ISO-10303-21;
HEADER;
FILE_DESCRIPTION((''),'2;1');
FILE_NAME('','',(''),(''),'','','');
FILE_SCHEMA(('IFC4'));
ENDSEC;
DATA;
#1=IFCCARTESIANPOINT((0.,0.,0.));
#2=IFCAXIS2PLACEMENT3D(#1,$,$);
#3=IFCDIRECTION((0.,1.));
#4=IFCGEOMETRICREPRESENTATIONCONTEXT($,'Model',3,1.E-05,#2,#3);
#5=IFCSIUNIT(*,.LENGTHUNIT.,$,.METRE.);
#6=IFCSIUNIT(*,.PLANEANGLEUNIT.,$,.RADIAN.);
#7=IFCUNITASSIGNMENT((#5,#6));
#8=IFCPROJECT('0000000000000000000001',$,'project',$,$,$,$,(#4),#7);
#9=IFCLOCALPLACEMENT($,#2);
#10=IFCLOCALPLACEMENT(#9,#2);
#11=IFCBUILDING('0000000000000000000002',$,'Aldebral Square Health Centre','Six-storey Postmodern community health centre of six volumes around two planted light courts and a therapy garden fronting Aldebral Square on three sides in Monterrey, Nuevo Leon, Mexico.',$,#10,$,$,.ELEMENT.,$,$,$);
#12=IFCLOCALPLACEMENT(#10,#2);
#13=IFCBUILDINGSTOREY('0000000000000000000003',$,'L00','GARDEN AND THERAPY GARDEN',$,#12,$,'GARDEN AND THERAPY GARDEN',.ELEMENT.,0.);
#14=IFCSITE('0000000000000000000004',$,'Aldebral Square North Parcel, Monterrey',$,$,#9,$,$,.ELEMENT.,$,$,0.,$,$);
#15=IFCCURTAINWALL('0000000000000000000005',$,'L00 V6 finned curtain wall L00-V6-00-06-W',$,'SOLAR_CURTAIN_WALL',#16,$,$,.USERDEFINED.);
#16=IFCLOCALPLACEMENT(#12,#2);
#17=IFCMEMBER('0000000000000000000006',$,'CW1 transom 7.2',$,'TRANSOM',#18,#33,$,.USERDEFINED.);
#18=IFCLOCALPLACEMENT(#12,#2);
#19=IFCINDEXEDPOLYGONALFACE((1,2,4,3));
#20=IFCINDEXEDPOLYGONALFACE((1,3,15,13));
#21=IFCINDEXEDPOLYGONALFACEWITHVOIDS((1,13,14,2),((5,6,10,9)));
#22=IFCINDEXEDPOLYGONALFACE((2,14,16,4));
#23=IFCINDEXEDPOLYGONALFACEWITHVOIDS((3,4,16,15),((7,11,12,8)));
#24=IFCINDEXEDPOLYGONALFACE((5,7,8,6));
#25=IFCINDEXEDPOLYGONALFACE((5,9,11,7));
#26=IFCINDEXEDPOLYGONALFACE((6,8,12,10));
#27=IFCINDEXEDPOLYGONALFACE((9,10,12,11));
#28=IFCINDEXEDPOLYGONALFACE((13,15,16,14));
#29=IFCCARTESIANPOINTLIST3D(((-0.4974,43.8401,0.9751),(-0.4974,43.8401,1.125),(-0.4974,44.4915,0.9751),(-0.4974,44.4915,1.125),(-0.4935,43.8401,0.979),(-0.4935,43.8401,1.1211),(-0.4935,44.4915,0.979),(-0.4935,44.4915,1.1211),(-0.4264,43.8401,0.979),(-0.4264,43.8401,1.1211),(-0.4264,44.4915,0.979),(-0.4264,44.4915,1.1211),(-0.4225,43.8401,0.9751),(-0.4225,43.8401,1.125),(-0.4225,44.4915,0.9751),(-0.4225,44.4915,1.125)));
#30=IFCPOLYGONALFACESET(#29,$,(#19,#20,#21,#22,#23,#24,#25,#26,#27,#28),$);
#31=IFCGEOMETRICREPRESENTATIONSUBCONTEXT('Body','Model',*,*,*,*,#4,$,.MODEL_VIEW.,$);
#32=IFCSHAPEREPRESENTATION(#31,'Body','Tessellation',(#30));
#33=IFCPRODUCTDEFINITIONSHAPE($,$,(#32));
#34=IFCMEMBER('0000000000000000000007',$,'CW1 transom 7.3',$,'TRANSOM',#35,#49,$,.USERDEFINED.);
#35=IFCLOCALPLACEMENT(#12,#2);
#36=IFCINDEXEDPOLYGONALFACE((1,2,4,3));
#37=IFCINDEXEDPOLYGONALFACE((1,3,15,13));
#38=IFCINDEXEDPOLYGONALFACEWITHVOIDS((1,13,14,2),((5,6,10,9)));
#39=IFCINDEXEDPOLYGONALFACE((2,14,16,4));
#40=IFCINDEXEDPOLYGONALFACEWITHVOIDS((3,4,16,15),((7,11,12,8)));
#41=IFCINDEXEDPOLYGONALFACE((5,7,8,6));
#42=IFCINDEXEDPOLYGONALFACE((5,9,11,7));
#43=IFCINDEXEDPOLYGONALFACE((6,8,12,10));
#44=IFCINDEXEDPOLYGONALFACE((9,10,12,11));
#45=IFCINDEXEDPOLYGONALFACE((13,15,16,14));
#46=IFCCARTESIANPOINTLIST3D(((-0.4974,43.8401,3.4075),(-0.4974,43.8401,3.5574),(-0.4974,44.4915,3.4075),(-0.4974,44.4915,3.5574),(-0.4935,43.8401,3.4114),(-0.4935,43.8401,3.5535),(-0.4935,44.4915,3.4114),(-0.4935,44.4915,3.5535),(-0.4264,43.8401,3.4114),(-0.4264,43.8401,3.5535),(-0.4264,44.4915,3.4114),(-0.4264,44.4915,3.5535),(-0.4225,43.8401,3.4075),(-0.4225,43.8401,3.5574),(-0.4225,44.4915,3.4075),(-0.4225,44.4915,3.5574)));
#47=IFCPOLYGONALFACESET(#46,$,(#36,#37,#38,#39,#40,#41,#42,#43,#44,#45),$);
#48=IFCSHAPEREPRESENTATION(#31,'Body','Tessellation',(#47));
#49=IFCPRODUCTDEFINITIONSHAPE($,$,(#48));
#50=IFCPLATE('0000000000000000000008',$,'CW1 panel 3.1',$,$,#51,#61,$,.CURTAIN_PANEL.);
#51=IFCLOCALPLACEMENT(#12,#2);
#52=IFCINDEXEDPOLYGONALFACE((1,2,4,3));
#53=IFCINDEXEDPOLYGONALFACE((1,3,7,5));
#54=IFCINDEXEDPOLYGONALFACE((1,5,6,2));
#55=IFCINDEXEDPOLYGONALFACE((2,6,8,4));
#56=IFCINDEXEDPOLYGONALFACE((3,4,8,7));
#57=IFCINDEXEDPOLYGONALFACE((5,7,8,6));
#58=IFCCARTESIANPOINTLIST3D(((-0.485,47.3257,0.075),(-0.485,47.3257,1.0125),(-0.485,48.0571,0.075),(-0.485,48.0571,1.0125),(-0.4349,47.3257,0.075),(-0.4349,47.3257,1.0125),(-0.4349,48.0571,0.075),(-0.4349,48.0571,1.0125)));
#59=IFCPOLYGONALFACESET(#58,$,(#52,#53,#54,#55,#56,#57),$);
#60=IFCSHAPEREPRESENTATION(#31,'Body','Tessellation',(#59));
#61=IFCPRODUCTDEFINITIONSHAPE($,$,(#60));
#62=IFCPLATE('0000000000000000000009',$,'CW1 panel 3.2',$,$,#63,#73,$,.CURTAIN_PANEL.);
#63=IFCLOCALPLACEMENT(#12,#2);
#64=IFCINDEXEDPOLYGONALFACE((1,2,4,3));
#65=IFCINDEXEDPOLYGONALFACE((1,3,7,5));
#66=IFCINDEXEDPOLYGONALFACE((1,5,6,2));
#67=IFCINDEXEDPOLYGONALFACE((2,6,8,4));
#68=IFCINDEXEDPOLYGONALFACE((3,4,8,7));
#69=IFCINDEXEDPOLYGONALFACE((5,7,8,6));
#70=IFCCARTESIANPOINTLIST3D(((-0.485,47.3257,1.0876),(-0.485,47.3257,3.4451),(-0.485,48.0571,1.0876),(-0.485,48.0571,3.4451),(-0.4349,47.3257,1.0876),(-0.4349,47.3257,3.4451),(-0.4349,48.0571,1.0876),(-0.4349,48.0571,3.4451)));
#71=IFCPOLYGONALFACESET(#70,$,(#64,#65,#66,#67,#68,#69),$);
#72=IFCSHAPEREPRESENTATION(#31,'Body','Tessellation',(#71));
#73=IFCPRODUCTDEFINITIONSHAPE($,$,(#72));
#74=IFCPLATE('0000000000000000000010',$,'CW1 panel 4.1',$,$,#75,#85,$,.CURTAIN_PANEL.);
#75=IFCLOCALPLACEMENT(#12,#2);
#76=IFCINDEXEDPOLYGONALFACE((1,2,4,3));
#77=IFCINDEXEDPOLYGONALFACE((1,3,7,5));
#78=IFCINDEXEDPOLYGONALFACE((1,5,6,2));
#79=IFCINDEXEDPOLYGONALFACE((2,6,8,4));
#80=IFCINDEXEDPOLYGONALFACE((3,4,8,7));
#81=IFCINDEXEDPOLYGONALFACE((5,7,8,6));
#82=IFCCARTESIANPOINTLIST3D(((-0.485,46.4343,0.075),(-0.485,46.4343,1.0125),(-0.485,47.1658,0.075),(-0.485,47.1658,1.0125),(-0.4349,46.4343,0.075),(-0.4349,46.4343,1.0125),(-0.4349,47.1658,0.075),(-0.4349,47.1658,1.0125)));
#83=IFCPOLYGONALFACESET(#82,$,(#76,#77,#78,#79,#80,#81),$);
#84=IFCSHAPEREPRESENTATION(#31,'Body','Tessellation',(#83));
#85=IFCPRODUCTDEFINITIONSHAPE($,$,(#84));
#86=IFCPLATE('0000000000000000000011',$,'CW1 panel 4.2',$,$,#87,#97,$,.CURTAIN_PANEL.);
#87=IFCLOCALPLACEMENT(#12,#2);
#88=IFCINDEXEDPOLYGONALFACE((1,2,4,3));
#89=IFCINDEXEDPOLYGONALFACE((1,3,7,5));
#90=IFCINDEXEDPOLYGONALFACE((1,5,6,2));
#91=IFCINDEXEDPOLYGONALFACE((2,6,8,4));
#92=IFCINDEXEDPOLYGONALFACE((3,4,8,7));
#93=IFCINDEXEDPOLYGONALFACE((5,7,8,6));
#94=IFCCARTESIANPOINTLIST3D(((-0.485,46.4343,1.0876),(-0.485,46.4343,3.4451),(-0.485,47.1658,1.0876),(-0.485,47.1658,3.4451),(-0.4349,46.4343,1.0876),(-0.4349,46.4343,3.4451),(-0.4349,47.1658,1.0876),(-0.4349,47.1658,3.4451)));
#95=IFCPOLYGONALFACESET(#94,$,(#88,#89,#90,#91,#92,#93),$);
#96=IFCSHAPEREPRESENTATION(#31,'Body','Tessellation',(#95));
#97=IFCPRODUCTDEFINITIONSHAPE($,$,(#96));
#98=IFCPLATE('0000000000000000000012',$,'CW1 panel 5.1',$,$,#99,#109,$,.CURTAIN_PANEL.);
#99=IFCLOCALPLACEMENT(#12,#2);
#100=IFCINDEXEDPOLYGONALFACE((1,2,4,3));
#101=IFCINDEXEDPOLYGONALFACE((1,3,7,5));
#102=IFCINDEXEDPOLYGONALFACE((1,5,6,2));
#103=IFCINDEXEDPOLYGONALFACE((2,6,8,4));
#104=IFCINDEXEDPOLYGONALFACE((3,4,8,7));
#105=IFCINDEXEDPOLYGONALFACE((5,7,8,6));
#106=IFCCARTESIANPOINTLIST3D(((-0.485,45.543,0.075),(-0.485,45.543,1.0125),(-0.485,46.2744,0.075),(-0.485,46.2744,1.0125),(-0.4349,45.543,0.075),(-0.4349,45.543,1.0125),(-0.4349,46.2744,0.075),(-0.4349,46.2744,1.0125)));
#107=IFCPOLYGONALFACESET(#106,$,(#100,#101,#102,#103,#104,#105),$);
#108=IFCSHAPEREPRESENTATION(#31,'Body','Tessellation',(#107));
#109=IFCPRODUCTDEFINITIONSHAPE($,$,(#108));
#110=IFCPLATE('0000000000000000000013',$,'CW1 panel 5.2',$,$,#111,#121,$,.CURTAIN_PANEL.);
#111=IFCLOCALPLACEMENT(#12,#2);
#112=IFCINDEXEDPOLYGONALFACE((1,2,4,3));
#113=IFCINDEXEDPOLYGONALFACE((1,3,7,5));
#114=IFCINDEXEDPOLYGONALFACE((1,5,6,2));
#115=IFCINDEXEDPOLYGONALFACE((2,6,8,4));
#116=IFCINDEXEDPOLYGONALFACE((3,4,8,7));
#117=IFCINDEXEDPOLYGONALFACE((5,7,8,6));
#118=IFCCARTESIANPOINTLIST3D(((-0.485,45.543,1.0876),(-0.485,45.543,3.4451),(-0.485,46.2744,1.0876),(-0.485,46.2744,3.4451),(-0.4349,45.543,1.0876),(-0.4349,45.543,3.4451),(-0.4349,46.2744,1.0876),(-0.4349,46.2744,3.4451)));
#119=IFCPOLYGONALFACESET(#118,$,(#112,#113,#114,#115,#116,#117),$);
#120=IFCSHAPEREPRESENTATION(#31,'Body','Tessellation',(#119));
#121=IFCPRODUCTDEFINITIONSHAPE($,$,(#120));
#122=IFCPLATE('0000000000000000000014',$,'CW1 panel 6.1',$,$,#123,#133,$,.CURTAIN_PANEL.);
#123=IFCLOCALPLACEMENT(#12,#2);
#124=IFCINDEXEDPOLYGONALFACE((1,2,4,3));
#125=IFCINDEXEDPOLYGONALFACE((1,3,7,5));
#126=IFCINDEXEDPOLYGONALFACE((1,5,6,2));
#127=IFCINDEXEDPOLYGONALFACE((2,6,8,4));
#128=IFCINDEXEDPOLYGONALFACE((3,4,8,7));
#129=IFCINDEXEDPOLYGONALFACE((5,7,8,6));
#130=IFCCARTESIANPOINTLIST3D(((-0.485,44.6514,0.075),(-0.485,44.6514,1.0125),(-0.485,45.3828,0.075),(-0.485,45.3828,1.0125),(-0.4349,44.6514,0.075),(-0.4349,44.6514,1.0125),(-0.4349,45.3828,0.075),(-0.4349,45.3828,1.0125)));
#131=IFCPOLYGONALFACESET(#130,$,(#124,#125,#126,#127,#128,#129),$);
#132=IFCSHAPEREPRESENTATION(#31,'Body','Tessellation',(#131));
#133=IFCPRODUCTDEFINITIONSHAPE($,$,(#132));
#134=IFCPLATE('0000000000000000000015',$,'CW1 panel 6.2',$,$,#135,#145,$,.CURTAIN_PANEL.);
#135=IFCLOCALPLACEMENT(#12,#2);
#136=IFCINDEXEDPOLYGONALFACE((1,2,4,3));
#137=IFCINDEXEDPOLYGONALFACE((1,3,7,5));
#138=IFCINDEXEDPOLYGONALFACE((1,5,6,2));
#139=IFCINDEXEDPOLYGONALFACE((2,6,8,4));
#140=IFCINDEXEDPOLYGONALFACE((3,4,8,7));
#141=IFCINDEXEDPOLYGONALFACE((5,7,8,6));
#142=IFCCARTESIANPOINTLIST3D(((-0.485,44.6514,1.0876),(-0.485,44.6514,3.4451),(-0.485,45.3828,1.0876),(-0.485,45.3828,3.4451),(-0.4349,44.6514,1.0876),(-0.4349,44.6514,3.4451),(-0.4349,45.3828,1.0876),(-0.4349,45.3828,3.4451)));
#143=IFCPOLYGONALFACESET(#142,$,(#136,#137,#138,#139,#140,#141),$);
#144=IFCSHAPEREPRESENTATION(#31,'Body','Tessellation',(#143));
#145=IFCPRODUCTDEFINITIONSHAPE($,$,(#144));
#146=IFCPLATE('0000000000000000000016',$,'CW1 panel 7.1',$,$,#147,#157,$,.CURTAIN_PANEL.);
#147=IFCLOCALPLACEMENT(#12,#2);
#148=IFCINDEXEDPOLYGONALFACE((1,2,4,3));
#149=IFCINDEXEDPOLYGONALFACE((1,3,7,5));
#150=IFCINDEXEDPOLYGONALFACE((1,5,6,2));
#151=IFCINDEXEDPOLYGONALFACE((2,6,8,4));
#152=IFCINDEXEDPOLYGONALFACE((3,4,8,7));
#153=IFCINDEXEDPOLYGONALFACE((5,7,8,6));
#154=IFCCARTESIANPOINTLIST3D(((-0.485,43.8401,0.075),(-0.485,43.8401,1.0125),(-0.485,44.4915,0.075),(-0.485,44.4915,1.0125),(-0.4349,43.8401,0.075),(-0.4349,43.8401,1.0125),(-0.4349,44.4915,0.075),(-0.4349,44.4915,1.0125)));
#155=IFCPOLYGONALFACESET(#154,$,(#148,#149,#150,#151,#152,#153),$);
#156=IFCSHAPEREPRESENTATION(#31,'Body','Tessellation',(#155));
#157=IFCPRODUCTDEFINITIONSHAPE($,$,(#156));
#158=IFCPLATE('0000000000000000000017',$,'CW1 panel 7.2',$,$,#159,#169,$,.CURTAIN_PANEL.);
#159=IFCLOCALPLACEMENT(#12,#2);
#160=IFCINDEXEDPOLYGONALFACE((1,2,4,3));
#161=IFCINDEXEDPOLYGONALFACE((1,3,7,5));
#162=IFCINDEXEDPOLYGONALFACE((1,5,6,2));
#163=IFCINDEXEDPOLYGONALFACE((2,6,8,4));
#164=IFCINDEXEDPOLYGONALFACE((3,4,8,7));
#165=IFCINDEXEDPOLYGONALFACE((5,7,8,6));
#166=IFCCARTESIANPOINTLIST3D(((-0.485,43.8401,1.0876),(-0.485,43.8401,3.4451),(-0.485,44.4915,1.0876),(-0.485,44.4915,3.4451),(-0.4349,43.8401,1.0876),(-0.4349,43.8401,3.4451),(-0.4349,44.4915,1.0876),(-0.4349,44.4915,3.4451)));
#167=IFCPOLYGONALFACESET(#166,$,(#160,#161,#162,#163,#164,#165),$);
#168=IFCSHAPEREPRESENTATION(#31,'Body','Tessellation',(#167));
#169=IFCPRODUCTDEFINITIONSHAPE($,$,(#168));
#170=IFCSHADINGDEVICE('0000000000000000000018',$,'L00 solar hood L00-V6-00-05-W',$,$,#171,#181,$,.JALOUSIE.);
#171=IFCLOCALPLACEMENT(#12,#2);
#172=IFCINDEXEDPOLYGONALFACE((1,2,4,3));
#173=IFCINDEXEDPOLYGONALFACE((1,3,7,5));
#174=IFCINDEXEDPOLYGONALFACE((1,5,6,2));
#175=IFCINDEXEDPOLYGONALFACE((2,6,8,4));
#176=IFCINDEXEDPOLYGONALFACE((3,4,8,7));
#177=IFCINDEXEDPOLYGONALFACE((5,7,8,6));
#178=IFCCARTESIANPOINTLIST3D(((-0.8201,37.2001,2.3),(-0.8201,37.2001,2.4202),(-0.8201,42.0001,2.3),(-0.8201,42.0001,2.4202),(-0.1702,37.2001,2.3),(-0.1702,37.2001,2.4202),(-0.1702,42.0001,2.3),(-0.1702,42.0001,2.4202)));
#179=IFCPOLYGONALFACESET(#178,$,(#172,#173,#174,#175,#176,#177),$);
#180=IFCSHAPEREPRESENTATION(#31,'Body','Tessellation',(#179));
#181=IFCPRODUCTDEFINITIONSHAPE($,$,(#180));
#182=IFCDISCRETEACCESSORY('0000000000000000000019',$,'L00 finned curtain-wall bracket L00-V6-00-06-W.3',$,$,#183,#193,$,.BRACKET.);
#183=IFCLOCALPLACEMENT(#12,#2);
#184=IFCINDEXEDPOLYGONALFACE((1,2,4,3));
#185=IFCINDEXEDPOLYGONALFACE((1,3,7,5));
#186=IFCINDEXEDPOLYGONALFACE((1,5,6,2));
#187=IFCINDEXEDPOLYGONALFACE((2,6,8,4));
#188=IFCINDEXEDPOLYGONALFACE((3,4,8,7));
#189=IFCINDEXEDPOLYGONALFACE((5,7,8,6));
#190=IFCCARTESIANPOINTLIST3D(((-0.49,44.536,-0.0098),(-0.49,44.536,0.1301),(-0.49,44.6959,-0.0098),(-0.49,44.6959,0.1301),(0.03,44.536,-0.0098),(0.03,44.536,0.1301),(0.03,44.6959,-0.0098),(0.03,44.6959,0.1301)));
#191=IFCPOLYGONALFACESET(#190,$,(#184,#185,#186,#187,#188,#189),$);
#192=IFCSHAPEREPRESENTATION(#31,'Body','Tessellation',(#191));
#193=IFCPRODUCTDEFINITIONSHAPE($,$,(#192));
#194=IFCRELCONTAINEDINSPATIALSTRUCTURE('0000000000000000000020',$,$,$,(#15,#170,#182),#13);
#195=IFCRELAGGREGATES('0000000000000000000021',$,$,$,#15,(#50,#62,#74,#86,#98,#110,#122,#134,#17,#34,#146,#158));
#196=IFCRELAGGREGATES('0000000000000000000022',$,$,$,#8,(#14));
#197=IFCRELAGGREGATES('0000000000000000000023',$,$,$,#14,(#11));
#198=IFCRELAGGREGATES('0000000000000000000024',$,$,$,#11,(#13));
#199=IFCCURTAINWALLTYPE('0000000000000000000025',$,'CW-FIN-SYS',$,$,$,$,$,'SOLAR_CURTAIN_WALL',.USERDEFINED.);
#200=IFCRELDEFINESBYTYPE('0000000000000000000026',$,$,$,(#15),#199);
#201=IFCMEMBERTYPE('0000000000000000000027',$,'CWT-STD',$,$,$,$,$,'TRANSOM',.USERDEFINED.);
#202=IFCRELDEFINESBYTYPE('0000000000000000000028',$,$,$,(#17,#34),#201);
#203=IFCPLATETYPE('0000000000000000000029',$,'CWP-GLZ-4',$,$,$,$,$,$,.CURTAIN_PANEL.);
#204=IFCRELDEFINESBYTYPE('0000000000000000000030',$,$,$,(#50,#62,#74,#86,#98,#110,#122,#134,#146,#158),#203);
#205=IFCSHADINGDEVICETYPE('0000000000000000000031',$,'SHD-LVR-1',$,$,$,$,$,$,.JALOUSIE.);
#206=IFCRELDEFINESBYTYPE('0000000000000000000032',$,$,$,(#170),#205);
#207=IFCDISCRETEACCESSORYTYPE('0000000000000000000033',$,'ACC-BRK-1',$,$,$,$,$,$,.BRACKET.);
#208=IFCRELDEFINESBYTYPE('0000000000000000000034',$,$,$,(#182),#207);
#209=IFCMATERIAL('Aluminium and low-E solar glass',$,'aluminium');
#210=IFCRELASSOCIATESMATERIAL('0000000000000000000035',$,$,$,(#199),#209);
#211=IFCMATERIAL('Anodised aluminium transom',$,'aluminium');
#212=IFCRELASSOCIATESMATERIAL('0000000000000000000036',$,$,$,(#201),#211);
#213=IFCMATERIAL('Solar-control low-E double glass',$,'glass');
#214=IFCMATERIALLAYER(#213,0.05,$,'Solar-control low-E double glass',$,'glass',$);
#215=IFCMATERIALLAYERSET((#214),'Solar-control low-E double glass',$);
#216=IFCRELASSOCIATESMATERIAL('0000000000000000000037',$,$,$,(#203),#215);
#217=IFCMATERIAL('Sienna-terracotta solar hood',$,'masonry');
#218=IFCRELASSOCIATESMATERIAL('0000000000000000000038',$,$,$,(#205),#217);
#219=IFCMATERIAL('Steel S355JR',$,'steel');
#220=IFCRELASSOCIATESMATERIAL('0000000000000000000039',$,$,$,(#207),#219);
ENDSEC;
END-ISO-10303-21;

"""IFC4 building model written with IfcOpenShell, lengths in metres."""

from ifc_helpers import new_model, si_unit, direction, frame, origin, origin_2d, place, context, subcontext, project, spatial, rectangle, hollow_rectangle, extrude, material, layer, layer_set, material_profile, profile_set, type_object, element, aggregate, save


model = new_model("IFC4")

# Units and contexts
model_context = context("Model", 3, precision=1e-05, world=origin(), true_north=direction((0.0, 1.0)))
body_context = subcontext(model_context, "Body", "Model", "MODEL_VIEW")
ifc_project = project(units=[si_unit("LENGTHUNIT", "METRE"), si_unit("PLANEANGLEUNIT", "RADIAN")], contexts=[model_context])

# Site, building, storey
site_placement = place(None, origin())
site = spatial("IfcSite", under=ifc_project, at=site_placement, Name="Aldebral Square North Parcel, Monterrey", CompositionType="ELEMENT", RefElevation=0.0)
building_placement = place(site_placement, origin())
building = spatial("IfcBuilding", under=site, at=building_placement, Name="Aldebral Square Health Centre", Description="Six-storey Postmodern community health centre of six volumes around two planted light courts and a therapy garden fronting Aldebral Square on three sides in Monterrey, Nuevo Leon, Mexico.", CompositionType="ELEMENT")
storey_placement = place(building_placement, origin())
storey = spatial("IfcBuildingStorey", under=building, at=storey_placement, Name="L00", Description="GARDEN AND THERAPY GARDEN", LongName="GARDEN AND THERAPY GARDEN", CompositionType="ELEMENT", Elevation=0.0)

# Curtain wall, members, plates
ifc_material_1 = material(Name="Aluminium and low-E solar glass", Category="aluminium")
curtain_wall_type = type_object("IfcCurtainWallType", Name="CW-FIN-SYS", ElementType="SOLAR_CURTAIN_WALL", PredefinedType="USERDEFINED", material=ifc_material_1)
curtain_wall_placement = place(storey_placement, origin())
curtain_wall = element("IfcCurtainWall", 1, at=curtain_wall_placement, inside=storey, type_object=curtain_wall_type, Name="L00 V6 finned curtain wall L00-V6-00-06-W", ObjectType="SOLAR_CURTAIN_WALL", PredefinedType="USERDEFINED")
ifc_material_2 = material(Name="Anodised aluminium transom", Category="aluminium")
ifc_material_profile_1 = material_profile(ifc_material_2, hollow_rectangle(XDim=0.075, YDim=0.1499, WallThickness=0.0039, at=origin_2d()), Name="CWT 75x150x4")
ifc_profile_set_1 = profile_set([ifc_material_profile_1], Name="Anodised aluminium transom")
member_type_1 = type_object("IfcMemberType", Name="CWT-STD", ElementType="TRANSOM", PredefinedType="USERDEFINED", material=ifc_profile_set_1)
member_1_placement = place(storey_placement, frame((-0.46, 44.4915, 1.05), z_axis=(0.0, -1.0, 0.0), x_axis=(1.0, 0.0, 0.0)))
member_1 = element("IfcMember", 2, at=member_1_placement, type_object=member_type_1, Name="CW1 transom 7.2", ObjectType="TRANSOM", PredefinedType="USERDEFINED", context=body_context, shape_type="SweptSolid", body=[
    extrude(hollow_rectangle(XDim=0.075, YDim=0.1499, WallThickness=0.0039, at=origin_2d()), origin(), (0.0, 0.0, 1.0), 0.6514),
])
member_2_placement = place(storey_placement, frame((-0.46, 44.4915, 3.4824), z_axis=(0.0, -1.0, 0.0), x_axis=(1.0, 0.0, 0.0)))
member_2 = element("IfcMember", 3, at=member_2_placement, type_object=member_type_1, Name="CW1 transom 7.3", ObjectType="TRANSOM", PredefinedType="USERDEFINED", context=body_context, shape_type="SweptSolid", body=[
    extrude(hollow_rectangle(XDim=0.075, YDim=0.1499, WallThickness=0.0039, at=origin_2d()), origin(), (0.0, 0.0, 1.0), 0.6514),
])
ifc_material_3 = material(Name="Solar-control low-E double glass", Category="glass")
ifc_layer = layer(ifc_material_3, 0.05, Name="Solar-control low-E double glass", Category="glass")
ifc_layer_set = layer_set([ifc_layer], Name="Solar-control low-E double glass")
plate_type = type_object("IfcPlateType", Name="CWP-GLZ-4", PredefinedType="CURTAIN_PANEL", material=ifc_layer_set)
plate_1_placement = place(storey_placement, frame((-0.46, 47.6914, 0.075), z_axis=(0.0, 0.0, 1.0), x_axis=(0.0, -1.0, 0.0)))
plate_1 = element("IfcPlate", 4, at=plate_1_placement, type_object=plate_type, Name="CW1 panel 3.1", PredefinedType="CURTAIN_PANEL", context=body_context, shape_type="SweptSolid", body=[
    extrude(rectangle(XDim=0.7314, YDim=0.05, at=origin_2d()), origin(), (0.0, 0.0, 1.0), 0.9375),
])
plate_2_placement = place(storey_placement, frame((-0.46, 47.6914, 1.0876), z_axis=(0.0, 0.0, 1.0), x_axis=(0.0, -1.0, 0.0)))
plate_2 = element("IfcPlate", 5, at=plate_2_placement, type_object=plate_type, Name="CW1 panel 3.2", PredefinedType="CURTAIN_PANEL", context=body_context, shape_type="SweptSolid", body=[
    extrude(rectangle(XDim=0.7314, YDim=0.05, at=origin_2d()), origin(), (0.0, 0.0, 1.0), 2.3574),
])
plate_3_placement = place(storey_placement, frame((-0.46, 46.8, 0.075), z_axis=(0.0, 0.0, 1.0), x_axis=(0.0, -1.0, 0.0)))
plate_3 = element("IfcPlate", 6, at=plate_3_placement, type_object=plate_type, Name="CW1 panel 4.1", PredefinedType="CURTAIN_PANEL", context=body_context, shape_type="SweptSolid", body=[
    extrude(rectangle(XDim=0.7314, YDim=0.05, at=origin_2d()), origin(), (0.0, 0.0, 1.0), 0.9375),
])
plate_4_placement = place(storey_placement, frame((-0.46, 46.8, 1.0876), z_axis=(0.0, 0.0, 1.0), x_axis=(0.0, -1.0, 0.0)))
plate_4 = element("IfcPlate", 7, at=plate_4_placement, type_object=plate_type, Name="CW1 panel 4.2", PredefinedType="CURTAIN_PANEL", context=body_context, shape_type="SweptSolid", body=[
    extrude(rectangle(XDim=0.7314, YDim=0.05, at=origin_2d()), origin(), (0.0, 0.0, 1.0), 2.3574),
])
plate_5_placement = place(storey_placement, frame((-0.46, 45.9087, 0.075), z_axis=(0.0, 0.0, 1.0), x_axis=(0.0, -1.0, 0.0)))
plate_5 = element("IfcPlate", 8, at=plate_5_placement, type_object=plate_type, Name="CW1 panel 5.1", PredefinedType="CURTAIN_PANEL", context=body_context, shape_type="SweptSolid", body=[
    extrude(rectangle(XDim=0.7314, YDim=0.05, at=origin_2d()), origin(), (0.0, 0.0, 1.0), 0.9375),
])
plate_6_placement = place(storey_placement, frame((-0.46, 45.9087, 1.0876), z_axis=(0.0, 0.0, 1.0), x_axis=(0.0, -1.0, 0.0)))
plate_6 = element("IfcPlate", 9, at=plate_6_placement, type_object=plate_type, Name="CW1 panel 5.2", PredefinedType="CURTAIN_PANEL", context=body_context, shape_type="SweptSolid", body=[
    extrude(rectangle(XDim=0.7314, YDim=0.05, at=origin_2d()), origin(), (0.0, 0.0, 1.0), 2.3574),
])
plate_7_placement = place(storey_placement, frame((-0.46, 45.0171, 0.075), z_axis=(0.0, 0.0, 1.0), x_axis=(0.0, -1.0, 0.0)))
plate_7 = element("IfcPlate", 10, at=plate_7_placement, type_object=plate_type, Name="CW1 panel 6.1", PredefinedType="CURTAIN_PANEL", context=body_context, shape_type="SweptSolid", body=[
    extrude(rectangle(XDim=0.7314, YDim=0.05, at=origin_2d()), origin(), (0.0, 0.0, 1.0), 0.9375),
])
plate_8_placement = place(storey_placement, frame((-0.46, 45.0171, 1.0876), z_axis=(0.0, 0.0, 1.0), x_axis=(0.0, -1.0, 0.0)))
plate_8 = element("IfcPlate", 11, at=plate_8_placement, type_object=plate_type, Name="CW1 panel 6.2", PredefinedType="CURTAIN_PANEL", context=body_context, shape_type="SweptSolid", body=[
    extrude(rectangle(XDim=0.7314, YDim=0.05, at=origin_2d()), origin(), (0.0, 0.0, 1.0), 2.3574),
])
plate_9_placement = place(storey_placement, frame((-0.46, 44.1658, 0.075), z_axis=(0.0, 0.0, 1.0), x_axis=(0.0, -1.0, 0.0)))
plate_9 = element("IfcPlate", 12, at=plate_9_placement, type_object=plate_type, Name="CW1 panel 7.1", PredefinedType="CURTAIN_PANEL", context=body_context, shape_type="SweptSolid", body=[
    extrude(rectangle(XDim=0.6514, YDim=0.05, at=origin_2d()), origin(), (0.0, 0.0, 1.0), 0.9375),
])
plate_10_placement = place(storey_placement, frame((-0.46, 44.1658, 1.0876), z_axis=(0.0, 0.0, 1.0), x_axis=(0.0, -1.0, 0.0)))
plate_10 = element("IfcPlate", 13, at=plate_10_placement, type_object=plate_type, Name="CW1 panel 7.2", PredefinedType="CURTAIN_PANEL", context=body_context, shape_type="SweptSolid", body=[
    extrude(rectangle(XDim=0.6514, YDim=0.05, at=origin_2d()), origin(), (0.0, 0.0, 1.0), 2.3574),
])
aggregate(curtain_wall, [plate_1, plate_2, plate_3, plate_4, plate_5, plate_6, plate_7, plate_8, member_1, member_2, plate_9, plate_10])

# Shading device
ifc_material_4 = material(Name="Sienna-terracotta solar hood", Category="masonry")
shading_device_type = type_object("IfcShadingDeviceType", Name="SHD-LVR-1", PredefinedType="JALOUSIE", material=ifc_material_4)
shading_device_placement = place(storey_placement, frame((-0.4951, 39.6001, 2.3), z_axis=(0.0, 0.0, 1.0), x_axis=(0.0, 1.0, 0.0)))
element("IfcShadingDevice", 14, at=shading_device_placement, inside=storey, type_object=shading_device_type, Name="L00 solar hood L00-V6-00-05-W", PredefinedType="JALOUSIE", context=body_context, shape_type="SweptSolid", body=[
    extrude(rectangle(XDim=4.8, YDim=0.6499, at=origin_2d()), origin(), (0.0, 0.0, 1.0), 0.1201),
])

# Discrete accessory
ifc_material_5 = material(Name="Steel S355JR", Category="steel")
discrete_accessory_type = type_object("IfcDiscreteAccessoryType", Name="ACC-BRK-1", PredefinedType="BRACKET", material=ifc_material_5)
discrete_accessory_placement = place(storey_placement, frame((-0.23, 44.616, -0.0098), z_axis=(0.0, 0.0, 1.0), x_axis=(0.0, 1.0, 0.0)))
element("IfcDiscreteAccessory", 15, at=discrete_accessory_placement, inside=storey, type_object=discrete_accessory_type, Name="L00 finned curtain-wall bracket L00-V6-00-06-W.3", PredefinedType="BRACKET", context=body_context, shape_type="SweptSolid", body=[
    extrude(rectangle(XDim=0.1599, YDim=0.52, at=origin_2d()), origin(), (0.0, 0.0, 1.0), 0.1399),
])

save(model, "model.ifc")
